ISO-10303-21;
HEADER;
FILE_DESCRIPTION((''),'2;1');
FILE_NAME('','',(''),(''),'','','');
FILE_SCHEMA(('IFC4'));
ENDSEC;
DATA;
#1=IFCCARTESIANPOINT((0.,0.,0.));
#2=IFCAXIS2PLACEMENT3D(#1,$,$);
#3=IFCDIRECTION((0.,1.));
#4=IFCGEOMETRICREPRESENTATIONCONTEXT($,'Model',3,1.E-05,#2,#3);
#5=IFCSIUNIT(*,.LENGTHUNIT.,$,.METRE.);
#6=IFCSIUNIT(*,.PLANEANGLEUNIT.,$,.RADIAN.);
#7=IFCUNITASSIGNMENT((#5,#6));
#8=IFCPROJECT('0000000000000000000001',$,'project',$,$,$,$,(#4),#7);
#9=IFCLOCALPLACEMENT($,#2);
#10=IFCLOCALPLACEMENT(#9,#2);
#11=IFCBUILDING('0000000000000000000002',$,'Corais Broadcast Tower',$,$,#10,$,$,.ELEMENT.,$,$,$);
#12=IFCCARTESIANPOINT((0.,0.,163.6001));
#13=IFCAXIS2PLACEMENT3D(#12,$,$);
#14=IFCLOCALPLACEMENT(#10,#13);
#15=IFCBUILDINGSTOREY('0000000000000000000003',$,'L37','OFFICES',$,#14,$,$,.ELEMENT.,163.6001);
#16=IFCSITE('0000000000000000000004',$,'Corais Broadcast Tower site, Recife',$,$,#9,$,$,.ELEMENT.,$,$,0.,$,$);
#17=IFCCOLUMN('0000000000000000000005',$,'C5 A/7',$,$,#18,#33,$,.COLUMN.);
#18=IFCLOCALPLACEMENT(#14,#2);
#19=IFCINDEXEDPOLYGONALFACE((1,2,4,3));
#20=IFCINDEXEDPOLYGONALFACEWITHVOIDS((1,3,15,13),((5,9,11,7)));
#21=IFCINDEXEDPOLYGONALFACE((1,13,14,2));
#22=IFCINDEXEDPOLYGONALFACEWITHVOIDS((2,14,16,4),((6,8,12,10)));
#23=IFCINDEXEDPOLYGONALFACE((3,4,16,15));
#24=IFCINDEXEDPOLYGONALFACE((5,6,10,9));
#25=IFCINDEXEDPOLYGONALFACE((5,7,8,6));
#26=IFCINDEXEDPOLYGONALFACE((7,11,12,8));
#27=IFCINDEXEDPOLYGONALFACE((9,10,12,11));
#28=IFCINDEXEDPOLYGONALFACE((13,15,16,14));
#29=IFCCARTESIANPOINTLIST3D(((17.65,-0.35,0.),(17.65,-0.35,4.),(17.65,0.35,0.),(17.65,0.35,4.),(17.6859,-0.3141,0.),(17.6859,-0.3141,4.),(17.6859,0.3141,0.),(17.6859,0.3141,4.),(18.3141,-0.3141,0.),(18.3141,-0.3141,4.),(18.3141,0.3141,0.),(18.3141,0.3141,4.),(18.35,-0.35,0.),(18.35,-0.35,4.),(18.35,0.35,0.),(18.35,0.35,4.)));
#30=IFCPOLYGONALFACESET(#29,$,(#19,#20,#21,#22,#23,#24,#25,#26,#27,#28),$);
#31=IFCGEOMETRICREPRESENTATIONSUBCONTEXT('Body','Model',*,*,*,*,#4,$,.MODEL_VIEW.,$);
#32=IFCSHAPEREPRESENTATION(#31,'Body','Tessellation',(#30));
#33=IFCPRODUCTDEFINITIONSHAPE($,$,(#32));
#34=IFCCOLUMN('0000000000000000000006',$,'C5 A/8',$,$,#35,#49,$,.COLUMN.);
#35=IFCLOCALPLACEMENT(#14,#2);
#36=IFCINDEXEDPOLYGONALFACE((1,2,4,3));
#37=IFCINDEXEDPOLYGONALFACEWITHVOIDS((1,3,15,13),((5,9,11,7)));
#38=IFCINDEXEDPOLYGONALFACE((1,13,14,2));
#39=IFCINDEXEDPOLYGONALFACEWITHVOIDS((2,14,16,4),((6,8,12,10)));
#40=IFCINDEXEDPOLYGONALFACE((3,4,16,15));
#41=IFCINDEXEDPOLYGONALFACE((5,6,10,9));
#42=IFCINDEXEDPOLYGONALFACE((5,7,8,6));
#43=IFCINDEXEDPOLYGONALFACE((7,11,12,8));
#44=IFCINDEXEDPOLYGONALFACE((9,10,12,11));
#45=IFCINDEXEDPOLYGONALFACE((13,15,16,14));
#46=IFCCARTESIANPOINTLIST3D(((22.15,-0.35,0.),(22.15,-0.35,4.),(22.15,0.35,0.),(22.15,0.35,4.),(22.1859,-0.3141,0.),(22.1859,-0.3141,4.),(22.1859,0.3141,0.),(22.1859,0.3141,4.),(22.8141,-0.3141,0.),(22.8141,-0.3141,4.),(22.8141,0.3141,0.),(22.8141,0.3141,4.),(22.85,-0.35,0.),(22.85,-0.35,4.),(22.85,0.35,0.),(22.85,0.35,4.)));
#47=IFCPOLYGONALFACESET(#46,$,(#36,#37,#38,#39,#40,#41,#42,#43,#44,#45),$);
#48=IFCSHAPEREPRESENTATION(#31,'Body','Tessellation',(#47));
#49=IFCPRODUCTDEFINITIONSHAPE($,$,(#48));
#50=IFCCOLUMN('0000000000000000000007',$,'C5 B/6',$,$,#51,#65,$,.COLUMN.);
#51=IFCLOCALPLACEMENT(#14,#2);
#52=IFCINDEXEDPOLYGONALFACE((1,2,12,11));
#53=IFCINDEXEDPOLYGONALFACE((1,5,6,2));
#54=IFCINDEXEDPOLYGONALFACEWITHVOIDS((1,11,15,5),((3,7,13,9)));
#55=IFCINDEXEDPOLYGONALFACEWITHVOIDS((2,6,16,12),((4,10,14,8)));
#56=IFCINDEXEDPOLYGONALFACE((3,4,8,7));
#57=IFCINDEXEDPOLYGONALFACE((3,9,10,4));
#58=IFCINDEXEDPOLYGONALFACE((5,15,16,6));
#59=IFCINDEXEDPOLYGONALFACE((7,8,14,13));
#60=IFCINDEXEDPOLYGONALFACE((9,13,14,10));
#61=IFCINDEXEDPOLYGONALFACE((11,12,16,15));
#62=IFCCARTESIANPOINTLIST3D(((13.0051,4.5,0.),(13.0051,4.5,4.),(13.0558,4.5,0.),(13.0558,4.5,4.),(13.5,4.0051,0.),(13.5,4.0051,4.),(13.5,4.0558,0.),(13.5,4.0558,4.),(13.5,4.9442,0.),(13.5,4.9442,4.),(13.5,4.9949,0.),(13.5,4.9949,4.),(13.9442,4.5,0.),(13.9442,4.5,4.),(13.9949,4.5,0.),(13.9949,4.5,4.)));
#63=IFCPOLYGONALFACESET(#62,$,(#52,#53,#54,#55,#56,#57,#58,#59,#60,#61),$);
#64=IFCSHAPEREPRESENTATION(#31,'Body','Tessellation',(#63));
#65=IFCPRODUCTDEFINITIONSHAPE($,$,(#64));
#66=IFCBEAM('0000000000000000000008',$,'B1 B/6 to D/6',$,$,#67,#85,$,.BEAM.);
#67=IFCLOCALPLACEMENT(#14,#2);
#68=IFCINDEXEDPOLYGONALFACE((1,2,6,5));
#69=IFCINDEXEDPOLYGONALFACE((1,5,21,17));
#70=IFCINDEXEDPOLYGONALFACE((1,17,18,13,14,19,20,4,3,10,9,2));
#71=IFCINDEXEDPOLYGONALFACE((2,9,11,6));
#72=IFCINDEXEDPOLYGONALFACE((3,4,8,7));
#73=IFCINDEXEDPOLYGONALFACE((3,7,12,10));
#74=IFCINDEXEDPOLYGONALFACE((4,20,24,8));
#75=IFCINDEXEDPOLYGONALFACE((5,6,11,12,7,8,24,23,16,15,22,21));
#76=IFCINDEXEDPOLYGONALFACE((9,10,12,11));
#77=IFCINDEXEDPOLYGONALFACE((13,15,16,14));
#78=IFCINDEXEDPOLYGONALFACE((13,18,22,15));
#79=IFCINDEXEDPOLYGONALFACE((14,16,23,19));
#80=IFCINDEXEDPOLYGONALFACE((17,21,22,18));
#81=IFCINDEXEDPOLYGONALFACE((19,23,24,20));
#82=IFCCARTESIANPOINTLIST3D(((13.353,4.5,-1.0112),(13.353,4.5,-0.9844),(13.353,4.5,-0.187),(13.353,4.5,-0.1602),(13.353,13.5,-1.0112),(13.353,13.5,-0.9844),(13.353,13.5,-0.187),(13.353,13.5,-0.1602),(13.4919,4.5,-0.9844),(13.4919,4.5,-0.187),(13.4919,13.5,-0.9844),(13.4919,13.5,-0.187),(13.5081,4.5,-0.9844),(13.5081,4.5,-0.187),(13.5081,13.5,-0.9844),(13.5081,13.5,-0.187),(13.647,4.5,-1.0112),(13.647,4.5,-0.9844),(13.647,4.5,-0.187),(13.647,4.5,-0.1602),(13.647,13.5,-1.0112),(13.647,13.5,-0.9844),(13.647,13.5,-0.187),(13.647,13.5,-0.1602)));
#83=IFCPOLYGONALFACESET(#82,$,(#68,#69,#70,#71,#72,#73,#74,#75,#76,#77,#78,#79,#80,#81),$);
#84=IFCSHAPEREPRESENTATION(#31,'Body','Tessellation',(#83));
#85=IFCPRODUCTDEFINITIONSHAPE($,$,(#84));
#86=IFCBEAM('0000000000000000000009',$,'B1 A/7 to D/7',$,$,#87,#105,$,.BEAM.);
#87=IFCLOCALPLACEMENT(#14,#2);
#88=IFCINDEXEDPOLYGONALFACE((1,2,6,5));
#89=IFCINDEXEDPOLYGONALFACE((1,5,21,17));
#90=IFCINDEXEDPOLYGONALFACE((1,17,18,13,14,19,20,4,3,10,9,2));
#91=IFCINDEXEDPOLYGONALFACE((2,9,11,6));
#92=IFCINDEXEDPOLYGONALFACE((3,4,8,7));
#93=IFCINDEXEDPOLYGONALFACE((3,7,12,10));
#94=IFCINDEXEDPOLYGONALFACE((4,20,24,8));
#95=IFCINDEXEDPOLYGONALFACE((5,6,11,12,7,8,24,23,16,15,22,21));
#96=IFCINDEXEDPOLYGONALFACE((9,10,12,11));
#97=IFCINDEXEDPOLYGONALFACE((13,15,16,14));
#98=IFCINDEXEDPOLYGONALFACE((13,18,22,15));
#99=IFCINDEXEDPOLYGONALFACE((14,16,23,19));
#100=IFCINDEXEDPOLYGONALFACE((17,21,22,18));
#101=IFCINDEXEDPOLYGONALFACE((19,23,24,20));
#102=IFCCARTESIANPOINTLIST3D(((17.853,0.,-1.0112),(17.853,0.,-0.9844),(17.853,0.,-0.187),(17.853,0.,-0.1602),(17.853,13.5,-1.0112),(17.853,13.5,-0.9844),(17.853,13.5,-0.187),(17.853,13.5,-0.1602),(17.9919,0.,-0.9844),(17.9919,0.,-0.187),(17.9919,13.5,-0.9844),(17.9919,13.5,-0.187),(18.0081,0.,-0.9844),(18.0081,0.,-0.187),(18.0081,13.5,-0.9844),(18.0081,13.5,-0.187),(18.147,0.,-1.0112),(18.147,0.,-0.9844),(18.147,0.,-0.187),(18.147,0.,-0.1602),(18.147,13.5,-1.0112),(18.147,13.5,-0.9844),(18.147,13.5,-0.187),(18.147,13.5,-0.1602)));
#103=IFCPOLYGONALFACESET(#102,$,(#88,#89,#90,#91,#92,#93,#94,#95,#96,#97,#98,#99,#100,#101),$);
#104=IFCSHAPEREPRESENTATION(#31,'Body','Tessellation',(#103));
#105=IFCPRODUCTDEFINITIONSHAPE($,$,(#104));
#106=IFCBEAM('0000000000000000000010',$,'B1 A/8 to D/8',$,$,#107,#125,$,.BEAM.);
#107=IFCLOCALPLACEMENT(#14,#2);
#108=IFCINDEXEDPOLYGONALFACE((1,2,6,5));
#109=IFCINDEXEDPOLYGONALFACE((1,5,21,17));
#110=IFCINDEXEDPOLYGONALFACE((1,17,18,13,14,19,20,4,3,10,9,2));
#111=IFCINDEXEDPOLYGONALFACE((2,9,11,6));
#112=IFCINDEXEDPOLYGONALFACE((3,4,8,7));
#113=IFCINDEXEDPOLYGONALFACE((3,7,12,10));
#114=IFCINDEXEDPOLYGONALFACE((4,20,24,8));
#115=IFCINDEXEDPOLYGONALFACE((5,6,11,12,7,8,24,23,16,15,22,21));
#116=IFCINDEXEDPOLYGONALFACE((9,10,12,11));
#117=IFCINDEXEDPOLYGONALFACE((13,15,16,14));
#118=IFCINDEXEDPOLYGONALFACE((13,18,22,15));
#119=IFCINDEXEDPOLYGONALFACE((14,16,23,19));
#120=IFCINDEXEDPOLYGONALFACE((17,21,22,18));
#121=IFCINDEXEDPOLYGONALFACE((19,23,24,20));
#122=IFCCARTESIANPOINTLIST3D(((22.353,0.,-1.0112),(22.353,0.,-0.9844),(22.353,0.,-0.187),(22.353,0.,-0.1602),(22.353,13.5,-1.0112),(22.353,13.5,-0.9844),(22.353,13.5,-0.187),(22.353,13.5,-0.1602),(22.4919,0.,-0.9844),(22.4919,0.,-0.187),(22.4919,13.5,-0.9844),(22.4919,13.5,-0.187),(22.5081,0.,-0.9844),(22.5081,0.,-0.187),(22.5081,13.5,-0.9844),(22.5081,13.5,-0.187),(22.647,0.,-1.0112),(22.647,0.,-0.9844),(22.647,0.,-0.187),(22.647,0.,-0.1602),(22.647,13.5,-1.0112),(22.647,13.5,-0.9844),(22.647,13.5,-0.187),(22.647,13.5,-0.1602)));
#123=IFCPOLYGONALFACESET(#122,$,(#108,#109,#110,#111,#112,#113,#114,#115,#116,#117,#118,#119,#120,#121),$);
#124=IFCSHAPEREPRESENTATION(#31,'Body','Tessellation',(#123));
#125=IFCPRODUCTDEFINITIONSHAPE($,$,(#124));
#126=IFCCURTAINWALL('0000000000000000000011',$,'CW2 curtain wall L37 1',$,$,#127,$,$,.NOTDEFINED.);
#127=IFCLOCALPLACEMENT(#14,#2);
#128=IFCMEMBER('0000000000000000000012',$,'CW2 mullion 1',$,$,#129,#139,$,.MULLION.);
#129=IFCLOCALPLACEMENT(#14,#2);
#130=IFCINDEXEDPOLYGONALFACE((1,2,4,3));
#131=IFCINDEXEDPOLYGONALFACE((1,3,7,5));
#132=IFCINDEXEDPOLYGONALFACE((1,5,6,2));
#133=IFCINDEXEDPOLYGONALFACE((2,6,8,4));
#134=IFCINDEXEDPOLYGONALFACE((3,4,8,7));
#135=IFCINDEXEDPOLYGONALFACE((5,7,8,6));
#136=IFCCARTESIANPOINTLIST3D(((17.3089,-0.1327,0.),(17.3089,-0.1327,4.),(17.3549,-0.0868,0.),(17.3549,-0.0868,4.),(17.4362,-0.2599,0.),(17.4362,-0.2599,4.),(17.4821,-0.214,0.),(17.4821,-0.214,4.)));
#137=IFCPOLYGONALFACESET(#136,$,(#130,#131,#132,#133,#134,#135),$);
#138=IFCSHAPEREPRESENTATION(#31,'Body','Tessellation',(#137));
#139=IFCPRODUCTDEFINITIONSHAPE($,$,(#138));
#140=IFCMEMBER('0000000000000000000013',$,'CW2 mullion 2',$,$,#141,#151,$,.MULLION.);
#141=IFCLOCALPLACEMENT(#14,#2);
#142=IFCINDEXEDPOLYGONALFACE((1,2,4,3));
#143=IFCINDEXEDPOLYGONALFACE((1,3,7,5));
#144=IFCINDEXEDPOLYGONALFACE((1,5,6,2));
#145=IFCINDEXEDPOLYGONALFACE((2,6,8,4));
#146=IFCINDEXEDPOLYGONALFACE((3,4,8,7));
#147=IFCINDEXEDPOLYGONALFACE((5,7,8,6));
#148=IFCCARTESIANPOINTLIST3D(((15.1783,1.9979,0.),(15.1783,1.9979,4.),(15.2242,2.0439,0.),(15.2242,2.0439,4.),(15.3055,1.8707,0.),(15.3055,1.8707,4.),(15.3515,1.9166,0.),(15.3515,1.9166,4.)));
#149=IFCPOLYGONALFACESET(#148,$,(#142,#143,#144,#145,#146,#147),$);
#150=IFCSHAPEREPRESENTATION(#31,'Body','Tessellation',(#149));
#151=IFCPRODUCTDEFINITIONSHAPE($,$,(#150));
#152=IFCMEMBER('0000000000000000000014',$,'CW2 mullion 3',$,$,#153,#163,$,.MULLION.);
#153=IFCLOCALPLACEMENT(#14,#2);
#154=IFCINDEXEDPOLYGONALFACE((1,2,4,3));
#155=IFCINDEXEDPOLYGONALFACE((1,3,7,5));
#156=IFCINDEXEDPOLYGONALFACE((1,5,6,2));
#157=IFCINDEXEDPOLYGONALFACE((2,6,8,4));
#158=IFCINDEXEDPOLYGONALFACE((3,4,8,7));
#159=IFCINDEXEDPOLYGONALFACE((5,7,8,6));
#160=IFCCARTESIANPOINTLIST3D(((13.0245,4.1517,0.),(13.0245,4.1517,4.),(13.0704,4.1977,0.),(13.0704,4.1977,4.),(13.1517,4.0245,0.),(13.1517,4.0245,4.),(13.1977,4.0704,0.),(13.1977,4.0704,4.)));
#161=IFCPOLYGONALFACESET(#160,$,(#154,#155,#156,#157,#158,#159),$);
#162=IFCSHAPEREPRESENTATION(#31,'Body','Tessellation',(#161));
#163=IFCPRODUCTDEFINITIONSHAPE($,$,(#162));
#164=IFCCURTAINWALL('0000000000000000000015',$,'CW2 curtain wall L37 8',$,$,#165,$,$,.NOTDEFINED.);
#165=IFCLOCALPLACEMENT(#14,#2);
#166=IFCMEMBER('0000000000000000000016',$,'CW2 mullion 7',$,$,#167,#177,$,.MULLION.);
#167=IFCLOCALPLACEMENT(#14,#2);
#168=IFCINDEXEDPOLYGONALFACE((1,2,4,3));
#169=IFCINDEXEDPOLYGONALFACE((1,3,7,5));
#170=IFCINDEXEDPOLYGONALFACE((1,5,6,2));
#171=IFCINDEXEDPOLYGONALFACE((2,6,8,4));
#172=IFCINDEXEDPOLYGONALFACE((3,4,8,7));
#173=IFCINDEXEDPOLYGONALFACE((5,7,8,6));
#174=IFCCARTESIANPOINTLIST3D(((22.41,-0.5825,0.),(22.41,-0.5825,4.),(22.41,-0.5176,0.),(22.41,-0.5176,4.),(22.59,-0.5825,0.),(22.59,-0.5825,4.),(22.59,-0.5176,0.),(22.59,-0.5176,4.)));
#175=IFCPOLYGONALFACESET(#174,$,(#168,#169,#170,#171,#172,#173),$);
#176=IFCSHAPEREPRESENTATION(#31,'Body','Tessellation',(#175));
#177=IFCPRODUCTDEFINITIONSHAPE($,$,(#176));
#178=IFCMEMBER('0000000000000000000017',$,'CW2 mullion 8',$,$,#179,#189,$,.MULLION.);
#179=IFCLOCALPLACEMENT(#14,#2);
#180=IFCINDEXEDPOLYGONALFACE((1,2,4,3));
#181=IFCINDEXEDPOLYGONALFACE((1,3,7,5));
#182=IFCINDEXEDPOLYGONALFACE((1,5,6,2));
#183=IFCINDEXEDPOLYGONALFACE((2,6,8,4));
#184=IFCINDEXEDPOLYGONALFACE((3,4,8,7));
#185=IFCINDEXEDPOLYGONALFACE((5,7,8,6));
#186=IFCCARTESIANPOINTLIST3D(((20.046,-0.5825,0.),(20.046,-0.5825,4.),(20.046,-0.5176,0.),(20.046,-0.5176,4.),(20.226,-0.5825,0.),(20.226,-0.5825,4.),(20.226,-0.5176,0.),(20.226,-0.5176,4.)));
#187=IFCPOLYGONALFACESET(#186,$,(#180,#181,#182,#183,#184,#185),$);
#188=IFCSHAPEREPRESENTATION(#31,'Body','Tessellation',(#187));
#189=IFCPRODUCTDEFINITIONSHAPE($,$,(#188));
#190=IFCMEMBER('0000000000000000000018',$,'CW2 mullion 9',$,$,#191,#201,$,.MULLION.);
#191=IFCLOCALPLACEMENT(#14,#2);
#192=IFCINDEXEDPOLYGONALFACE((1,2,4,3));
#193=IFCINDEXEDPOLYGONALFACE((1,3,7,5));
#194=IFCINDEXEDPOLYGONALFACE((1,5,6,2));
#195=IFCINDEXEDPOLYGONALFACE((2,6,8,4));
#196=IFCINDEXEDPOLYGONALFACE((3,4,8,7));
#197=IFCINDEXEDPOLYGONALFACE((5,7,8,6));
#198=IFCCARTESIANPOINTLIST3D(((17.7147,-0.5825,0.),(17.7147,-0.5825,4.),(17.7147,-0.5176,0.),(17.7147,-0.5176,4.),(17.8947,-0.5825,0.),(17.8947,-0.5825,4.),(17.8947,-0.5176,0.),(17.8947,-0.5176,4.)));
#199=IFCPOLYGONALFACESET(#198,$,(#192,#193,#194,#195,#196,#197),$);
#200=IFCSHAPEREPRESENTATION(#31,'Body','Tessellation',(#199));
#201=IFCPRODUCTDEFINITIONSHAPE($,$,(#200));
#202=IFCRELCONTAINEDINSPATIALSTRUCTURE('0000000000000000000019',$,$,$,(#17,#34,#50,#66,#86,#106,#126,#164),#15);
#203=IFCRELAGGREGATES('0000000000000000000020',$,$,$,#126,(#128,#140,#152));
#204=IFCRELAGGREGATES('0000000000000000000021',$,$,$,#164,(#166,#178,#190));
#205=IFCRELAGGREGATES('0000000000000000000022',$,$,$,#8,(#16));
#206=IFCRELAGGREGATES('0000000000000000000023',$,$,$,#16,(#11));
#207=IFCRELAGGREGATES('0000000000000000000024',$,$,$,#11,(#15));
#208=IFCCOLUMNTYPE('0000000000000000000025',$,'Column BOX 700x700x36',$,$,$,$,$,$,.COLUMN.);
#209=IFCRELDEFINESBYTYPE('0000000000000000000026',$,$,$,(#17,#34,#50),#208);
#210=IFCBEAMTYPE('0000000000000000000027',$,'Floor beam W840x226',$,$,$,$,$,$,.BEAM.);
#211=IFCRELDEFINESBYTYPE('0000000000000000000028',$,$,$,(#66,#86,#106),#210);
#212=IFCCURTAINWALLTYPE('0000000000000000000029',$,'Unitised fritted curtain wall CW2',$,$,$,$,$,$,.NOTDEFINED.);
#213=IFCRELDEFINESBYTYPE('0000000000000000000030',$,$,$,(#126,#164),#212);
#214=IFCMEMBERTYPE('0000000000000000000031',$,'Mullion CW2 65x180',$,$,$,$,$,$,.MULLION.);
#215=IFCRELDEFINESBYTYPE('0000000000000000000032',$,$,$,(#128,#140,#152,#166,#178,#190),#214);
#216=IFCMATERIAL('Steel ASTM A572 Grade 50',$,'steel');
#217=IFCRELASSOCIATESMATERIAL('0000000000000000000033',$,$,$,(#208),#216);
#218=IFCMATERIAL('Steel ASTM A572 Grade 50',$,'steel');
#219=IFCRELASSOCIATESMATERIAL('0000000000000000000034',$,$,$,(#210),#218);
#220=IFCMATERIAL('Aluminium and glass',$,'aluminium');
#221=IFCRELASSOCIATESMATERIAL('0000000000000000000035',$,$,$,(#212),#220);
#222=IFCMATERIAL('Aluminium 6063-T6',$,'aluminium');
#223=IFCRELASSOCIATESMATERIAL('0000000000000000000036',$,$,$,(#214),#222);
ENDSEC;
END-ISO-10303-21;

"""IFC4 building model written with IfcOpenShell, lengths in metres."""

from ifc_helpers import new_model, si_unit, direction, frame, origin, origin_2d, place, context, subcontext, project, spatial, rectangle, hollow_rectangle, i_section, extrude, material, material_profile, profile_set, type_object, element, aggregate, save


model = new_model("IFC4")

# Units and contexts
model_context = context("Model", 3, precision=1e-05, world=origin(), true_north=direction((0.0, 1.0)))
body_context = subcontext(model_context, "Body", "Model", "MODEL_VIEW")
ifc_project = project(units=[si_unit("LENGTHUNIT", "METRE"), si_unit("PLANEANGLEUNIT", "RADIAN")], contexts=[model_context])

# Site, building, storey
site_placement = place(None, origin())
site = spatial("IfcSite", under=ifc_project, at=site_placement, Name="Corais Broadcast Tower site, Recife", CompositionType="ELEMENT", RefElevation=0.0)
building_placement = place(site_placement, origin())
building = spatial("IfcBuilding", under=site, at=building_placement, Name="Corais Broadcast Tower", CompositionType="ELEMENT")
storey_placement = place(building_placement, frame((0.0, 0.0, 163.6001)))
storey = spatial("IfcBuildingStorey", under=building, at=storey_placement, Name="L37", Description="OFFICES", CompositionType="ELEMENT", Elevation=163.6001)

# Columns
ifc_material_1 = material(Name="Steel ASTM A572 Grade 50", Category="steel")
ifc_material_profile_1 = material_profile(ifc_material_1, hollow_rectangle(XDim=0.7, YDim=0.7, WallThickness=0.0359, at=origin_2d()), Name="BOX 700x700x36")
ifc_profile_set_1 = profile_set([ifc_material_profile_1], Name="Steel ASTM A572 Grade 50")
column_type = type_object("IfcColumnType", Name="Column BOX 700x700x36", PredefinedType="COLUMN", material=ifc_profile_set_1)
for number, where, z_axis, x_axis, name in (
    (1, (18.0, 0.0, 0.0), (0.0, 0.0, 1.0), (1.0, 0.0, 0.0), "C5 A/7"),
    (2, (22.5, 0.0, 0.0), (0.0, 0.0, 1.0), (1.0, 0.0, 0.0), "C5 A/8"),
    (3, (13.5, 4.5, 0.0), (0.0, 0.0, 1.0), (0.707107, 0.707107, 0.0), "C5 B/6"),
):
    element("IfcColumn", number, at=place(storey_placement, frame(where, z_axis=z_axis, x_axis=x_axis)), inside=storey, type_object=column_type, Name=name, PredefinedType="COLUMN", context=body_context, shape_type="SweptSolid", body=[
        extrude(hollow_rectangle(XDim=0.7, YDim=0.7, WallThickness=0.0359, at=origin_2d()), origin(), (0.0, 0.0, 1.0), 4.0),
    ])

# Beams
ifc_material_2 = material(Name="Steel ASTM A572 Grade 50", Category="steel")
ifc_material_profile_2 = material_profile(ifc_material_2, i_section(OverallWidth=0.2939, OverallDepth=0.8511, WebThickness=0.0161, FlangeThickness=0.0269, at=origin_2d()), Name="W840x226")
ifc_profile_set_2 = profile_set([ifc_material_profile_2], Name="Steel ASTM A572 Grade 50")
beam_type_1 = type_object("IfcBeamType", Name="Floor beam W840x226", PredefinedType="BEAM", material=ifc_profile_set_2)
beam_1_placement = place(storey_placement, frame((13.5, 4.5, -0.5857), z_axis=(0.0, 1.0, 0.0), x_axis=(-1.0, 0.0, 0.0)))
element("IfcBeam", 4, at=beam_1_placement, inside=storey, type_object=beam_type_1, Name="B1 B/6 to D/6", PredefinedType="BEAM", context=body_context, shape_type="SweptSolid", body=[
    extrude(i_section(OverallWidth=0.2939, OverallDepth=0.8511, WebThickness=0.0161, FlangeThickness=0.0269, at=origin_2d()), origin(), (0.0, 0.0, 1.0), 9.0),
])
for number, where, z_axis, x_axis, name in (
    (5, (18.0, 0.0, -0.5857), (0.0, 1.0, 0.0), (-1.0, 0.0, 0.0), "B1 A/7 to D/7"),
    (6, (22.5, 0.0, -0.5857), (0.0, 1.0, 0.0), (-1.0, 0.0, 0.0), "B1 A/8 to D/8"),
):
    element("IfcBeam", number, at=place(storey_placement, frame(where, z_axis=z_axis, x_axis=x_axis)), inside=storey, type_object=beam_type_1, Name=name, PredefinedType="BEAM", context=body_context, shape_type="SweptSolid", body=[
        extrude(i_section(OverallWidth=0.2939, OverallDepth=0.8511, WebThickness=0.0161, FlangeThickness=0.0269, at=origin_2d()), origin(), (0.0, 0.0, 1.0), 13.5),
    ])

# Curtain walls, members
ifc_material_3 = material(Name="Aluminium and glass", Category="aluminium")
curtain_wall_type = type_object("IfcCurtainWallType", Name="Unitised fritted curtain wall CW2", PredefinedType="NOTDEFINED", material=ifc_material_3)
curtain_wall_1_placement = place(storey_placement, origin())
curtain_wall_1 = element("IfcCurtainWall", 7, at=curtain_wall_1_placement, inside=storey, type_object=curtain_wall_type, Name="CW2 curtain wall L37 1", PredefinedType="NOTDEFINED")
ifc_material_4 = material(Name="Aluminium 6063-T6", Category="aluminium")
ifc_material_profile_3 = material_profile(ifc_material_4, rectangle(XDim=0.0649, YDim=0.1799, at=origin_2d()), Name="Mullion CW2 65x180")
ifc_profile_set_3 = profile_set([ifc_material_profile_3], Name="Aluminium 6063-T6")
member_type_1 = type_object("IfcMemberType", Name="Mullion CW2 65x180", PredefinedType="MULLION", material=ifc_profile_set_3)
member_1_placement = place(storey_placement, frame((17.3955, -0.1733, 0.0), z_axis=(0.0, 0.0, 1.0), x_axis=(-0.707107, -0.707107, 0.0)))
member_1 = element("IfcMember", 8, at=member_1_placement, type_object=member_type_1, Name="CW2 mullion 1", PredefinedType="MULLION", context=body_context, shape_type="SweptSolid", body=[
    extrude(rectangle(XDim=0.0649, YDim=0.1799, at=origin_2d()), origin(), (0.0, 0.0, 1.0), 4.0),
])
member_2_placement = place(storey_placement, frame((15.2649, 1.9573, 0.0), z_axis=(0.0, 0.0, 1.0), x_axis=(-0.707107, -0.707107, 0.0)))
member_2 = element("IfcMember", 9, at=member_2_placement, type_object=member_type_1, Name="CW2 mullion 2", PredefinedType="MULLION", context=body_context, shape_type="SweptSolid", body=[
    extrude(rectangle(XDim=0.0649, YDim=0.1799, at=origin_2d()), origin(), (0.0, 0.0, 1.0), 4.0),
])
member_3_placement = place(storey_placement, frame((13.1111, 4.1111, 0.0), z_axis=(0.0, 0.0, 1.0), x_axis=(-0.707107, -0.707107, 0.0)))
member_3 = element("IfcMember", 10, at=member_3_placement, type_object=member_type_1, Name="CW2 mullion 3", PredefinedType="MULLION", context=body_context, shape_type="SweptSolid", body=[
    extrude(rectangle(XDim=0.0649, YDim=0.1799, at=origin_2d()), origin(), (0.0, 0.0, 1.0), 4.0),
])
curtain_wall_2_placement = place(storey_placement, origin())
curtain_wall_2 = element("IfcCurtainWall", 11, at=curtain_wall_2_placement, inside=storey, type_object=curtain_wall_type, Name="CW2 curtain wall L37 8", PredefinedType="NOTDEFINED")
member_4_placement = place(storey_placement, frame((22.5, -0.55, 0.0), z_axis=(0.0, 0.0, 1.0), x_axis=(0.0, -1.0, 0.0)))
member_4 = element("IfcMember", 12, at=member_4_placement, type_object=member_type_1, Name="CW2 mullion 7", PredefinedType="MULLION", context=body_context, shape_type="SweptSolid", body=[
    extrude(rectangle(XDim=0.0649, YDim=0.1799, at=origin_2d()), origin(), (0.0, 0.0, 1.0), 4.0),
])
member_5_placement = place(storey_placement, frame((20.136, -0.55, 0.0), z_axis=(0.0, 0.0, 1.0), x_axis=(0.0, -1.0, 0.0)))
member_5 = element("IfcMember", 13, at=member_5_placement, type_object=member_type_1, Name="CW2 mullion 8", PredefinedType="MULLION", context=body_context, shape_type="SweptSolid", body=[
    extrude(rectangle(XDim=0.0649, YDim=0.1799, at=origin_2d()), origin(), (0.0, 0.0, 1.0), 4.0),
])
member_6_placement = place(storey_placement, frame((17.8047, -0.55, 0.0), z_axis=(0.0, 0.0, 1.0), x_axis=(0.0, -1.0, 0.0)))
member_6 = element("IfcMember", 14, at=member_6_placement, type_object=member_type_1, Name="CW2 mullion 9", PredefinedType="MULLION", context=body_context, shape_type="SweptSolid", body=[
    extrude(rectangle(XDim=0.0649, YDim=0.1799, at=origin_2d()), origin(), (0.0, 0.0, 1.0), 4.0),
])

aggregate(curtain_wall_1, [member_1, member_2, member_3])
aggregate(curtain_wall_2, [member_4, member_5, member_6])

save(model, "model.ifc")
